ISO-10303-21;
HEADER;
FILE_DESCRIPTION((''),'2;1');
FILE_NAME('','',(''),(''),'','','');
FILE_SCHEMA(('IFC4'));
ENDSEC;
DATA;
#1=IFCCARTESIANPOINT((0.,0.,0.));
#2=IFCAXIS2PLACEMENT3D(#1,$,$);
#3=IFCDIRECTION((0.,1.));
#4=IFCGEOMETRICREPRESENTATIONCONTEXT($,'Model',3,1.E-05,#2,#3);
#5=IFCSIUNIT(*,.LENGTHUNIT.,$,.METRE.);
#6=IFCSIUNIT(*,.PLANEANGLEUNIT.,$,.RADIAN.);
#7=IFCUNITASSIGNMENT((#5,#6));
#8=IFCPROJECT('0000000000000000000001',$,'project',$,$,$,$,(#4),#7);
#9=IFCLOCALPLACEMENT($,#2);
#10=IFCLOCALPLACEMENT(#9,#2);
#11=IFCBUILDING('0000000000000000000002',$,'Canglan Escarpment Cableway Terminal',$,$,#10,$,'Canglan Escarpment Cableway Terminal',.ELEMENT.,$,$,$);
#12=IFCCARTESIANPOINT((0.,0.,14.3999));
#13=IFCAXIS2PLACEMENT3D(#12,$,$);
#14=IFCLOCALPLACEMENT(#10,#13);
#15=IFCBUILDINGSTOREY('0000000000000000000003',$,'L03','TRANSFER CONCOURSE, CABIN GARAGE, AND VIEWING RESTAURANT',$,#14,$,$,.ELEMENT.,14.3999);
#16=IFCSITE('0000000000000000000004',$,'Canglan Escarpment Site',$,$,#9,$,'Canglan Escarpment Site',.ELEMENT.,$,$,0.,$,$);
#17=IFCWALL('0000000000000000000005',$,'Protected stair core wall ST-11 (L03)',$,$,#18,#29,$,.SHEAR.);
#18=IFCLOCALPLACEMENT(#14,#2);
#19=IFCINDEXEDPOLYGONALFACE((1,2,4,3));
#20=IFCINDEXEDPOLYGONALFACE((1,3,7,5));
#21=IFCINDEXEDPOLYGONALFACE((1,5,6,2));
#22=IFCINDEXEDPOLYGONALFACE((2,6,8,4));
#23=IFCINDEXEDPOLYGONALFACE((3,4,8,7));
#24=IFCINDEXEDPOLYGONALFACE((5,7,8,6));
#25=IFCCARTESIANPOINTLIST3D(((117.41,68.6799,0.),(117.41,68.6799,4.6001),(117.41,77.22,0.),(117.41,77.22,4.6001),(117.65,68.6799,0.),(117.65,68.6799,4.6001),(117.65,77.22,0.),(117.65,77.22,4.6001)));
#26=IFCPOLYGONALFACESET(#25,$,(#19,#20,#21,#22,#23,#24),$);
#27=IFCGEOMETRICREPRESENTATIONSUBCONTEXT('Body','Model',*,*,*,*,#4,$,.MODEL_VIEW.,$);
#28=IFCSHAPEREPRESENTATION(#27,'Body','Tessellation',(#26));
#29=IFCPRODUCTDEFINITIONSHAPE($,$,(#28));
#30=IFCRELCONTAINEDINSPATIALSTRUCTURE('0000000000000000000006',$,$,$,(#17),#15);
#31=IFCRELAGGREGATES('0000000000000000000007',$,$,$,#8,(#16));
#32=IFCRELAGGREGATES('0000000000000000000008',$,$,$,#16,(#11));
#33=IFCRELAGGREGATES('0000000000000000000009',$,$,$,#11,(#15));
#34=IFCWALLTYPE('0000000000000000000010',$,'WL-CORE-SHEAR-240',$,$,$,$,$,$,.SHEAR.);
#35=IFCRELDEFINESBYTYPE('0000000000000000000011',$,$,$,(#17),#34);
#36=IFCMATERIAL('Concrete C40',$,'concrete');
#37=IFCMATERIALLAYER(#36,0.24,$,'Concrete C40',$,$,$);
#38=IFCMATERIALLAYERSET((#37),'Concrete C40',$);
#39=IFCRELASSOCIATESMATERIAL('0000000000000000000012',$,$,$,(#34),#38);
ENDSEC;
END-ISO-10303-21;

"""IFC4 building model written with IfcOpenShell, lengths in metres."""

from ifc_helpers import new_model, si_unit, direction, frame, frame_2d, origin, place, context, subcontext, project, spatial, rectangle, extrude, material, layer, layer_set, type_object, element, save


model = new_model("IFC4")

# Units and contexts
model_context = context("Model", 3, precision=1e-05, world=origin(), true_north=direction((0.0, 1.0)))
body_context = subcontext(model_context, "Body", "Model", "MODEL_VIEW")
ifc_project = project(units=[si_unit("LENGTHUNIT", "METRE"), si_unit("PLANEANGLEUNIT", "RADIAN")], contexts=[model_context])

# Site, building, storey
site_placement = place(None, origin())
site = spatial("IfcSite", under=ifc_project, at=site_placement, Name="Canglan Escarpment Site", LongName="Canglan Escarpment Site", CompositionType="ELEMENT", RefElevation=0.0)
building_placement = place(site_placement, origin())
building = spatial("IfcBuilding", under=site, at=building_placement, Name="Canglan Escarpment Cableway Terminal", LongName="Canglan Escarpment Cableway Terminal", CompositionType="ELEMENT")
storey_placement = place(building_placement, frame((0.0, 0.0, 14.3999)))
storey = spatial("IfcBuildingStorey", under=building, at=storey_placement, Name="L03", Description="TRANSFER CONCOURSE, CABIN GARAGE, AND VIEWING RESTAURANT", CompositionType="ELEMENT", Elevation=14.3999)

# Wall
ifc_material_1 = material(Name="Concrete C40", Category="concrete")
ifc_layer_1 = layer(ifc_material_1, 0.24, Name="Concrete C40")
ifc_layer_set_1 = layer_set([ifc_layer_1], Name="Concrete C40")
wall_type = type_object("IfcWallType", Name="WL-CORE-SHEAR-240", PredefinedType="SHEAR", material=ifc_layer_set_1)
wall_placement = place(storey_placement, frame((117.53, 77.22, 0.0), z_axis=(0.0, 0.0, 1.0), x_axis=(0.0, -1.0, 0.0)))
element("IfcWall", 1, at=wall_placement, inside=storey, type_object=wall_type, Name="Protected stair core wall ST-11 (L03)", PredefinedType="SHEAR", context=body_context, shape_type="SweptSolid", body=[
    extrude(rectangle(XDim=8.54, YDim=0.24, at=frame_2d((4.27, 0.0))), origin(), (0.0, 0.0, 1.0), 4.6001),
])

save(model, "model.ifc")
